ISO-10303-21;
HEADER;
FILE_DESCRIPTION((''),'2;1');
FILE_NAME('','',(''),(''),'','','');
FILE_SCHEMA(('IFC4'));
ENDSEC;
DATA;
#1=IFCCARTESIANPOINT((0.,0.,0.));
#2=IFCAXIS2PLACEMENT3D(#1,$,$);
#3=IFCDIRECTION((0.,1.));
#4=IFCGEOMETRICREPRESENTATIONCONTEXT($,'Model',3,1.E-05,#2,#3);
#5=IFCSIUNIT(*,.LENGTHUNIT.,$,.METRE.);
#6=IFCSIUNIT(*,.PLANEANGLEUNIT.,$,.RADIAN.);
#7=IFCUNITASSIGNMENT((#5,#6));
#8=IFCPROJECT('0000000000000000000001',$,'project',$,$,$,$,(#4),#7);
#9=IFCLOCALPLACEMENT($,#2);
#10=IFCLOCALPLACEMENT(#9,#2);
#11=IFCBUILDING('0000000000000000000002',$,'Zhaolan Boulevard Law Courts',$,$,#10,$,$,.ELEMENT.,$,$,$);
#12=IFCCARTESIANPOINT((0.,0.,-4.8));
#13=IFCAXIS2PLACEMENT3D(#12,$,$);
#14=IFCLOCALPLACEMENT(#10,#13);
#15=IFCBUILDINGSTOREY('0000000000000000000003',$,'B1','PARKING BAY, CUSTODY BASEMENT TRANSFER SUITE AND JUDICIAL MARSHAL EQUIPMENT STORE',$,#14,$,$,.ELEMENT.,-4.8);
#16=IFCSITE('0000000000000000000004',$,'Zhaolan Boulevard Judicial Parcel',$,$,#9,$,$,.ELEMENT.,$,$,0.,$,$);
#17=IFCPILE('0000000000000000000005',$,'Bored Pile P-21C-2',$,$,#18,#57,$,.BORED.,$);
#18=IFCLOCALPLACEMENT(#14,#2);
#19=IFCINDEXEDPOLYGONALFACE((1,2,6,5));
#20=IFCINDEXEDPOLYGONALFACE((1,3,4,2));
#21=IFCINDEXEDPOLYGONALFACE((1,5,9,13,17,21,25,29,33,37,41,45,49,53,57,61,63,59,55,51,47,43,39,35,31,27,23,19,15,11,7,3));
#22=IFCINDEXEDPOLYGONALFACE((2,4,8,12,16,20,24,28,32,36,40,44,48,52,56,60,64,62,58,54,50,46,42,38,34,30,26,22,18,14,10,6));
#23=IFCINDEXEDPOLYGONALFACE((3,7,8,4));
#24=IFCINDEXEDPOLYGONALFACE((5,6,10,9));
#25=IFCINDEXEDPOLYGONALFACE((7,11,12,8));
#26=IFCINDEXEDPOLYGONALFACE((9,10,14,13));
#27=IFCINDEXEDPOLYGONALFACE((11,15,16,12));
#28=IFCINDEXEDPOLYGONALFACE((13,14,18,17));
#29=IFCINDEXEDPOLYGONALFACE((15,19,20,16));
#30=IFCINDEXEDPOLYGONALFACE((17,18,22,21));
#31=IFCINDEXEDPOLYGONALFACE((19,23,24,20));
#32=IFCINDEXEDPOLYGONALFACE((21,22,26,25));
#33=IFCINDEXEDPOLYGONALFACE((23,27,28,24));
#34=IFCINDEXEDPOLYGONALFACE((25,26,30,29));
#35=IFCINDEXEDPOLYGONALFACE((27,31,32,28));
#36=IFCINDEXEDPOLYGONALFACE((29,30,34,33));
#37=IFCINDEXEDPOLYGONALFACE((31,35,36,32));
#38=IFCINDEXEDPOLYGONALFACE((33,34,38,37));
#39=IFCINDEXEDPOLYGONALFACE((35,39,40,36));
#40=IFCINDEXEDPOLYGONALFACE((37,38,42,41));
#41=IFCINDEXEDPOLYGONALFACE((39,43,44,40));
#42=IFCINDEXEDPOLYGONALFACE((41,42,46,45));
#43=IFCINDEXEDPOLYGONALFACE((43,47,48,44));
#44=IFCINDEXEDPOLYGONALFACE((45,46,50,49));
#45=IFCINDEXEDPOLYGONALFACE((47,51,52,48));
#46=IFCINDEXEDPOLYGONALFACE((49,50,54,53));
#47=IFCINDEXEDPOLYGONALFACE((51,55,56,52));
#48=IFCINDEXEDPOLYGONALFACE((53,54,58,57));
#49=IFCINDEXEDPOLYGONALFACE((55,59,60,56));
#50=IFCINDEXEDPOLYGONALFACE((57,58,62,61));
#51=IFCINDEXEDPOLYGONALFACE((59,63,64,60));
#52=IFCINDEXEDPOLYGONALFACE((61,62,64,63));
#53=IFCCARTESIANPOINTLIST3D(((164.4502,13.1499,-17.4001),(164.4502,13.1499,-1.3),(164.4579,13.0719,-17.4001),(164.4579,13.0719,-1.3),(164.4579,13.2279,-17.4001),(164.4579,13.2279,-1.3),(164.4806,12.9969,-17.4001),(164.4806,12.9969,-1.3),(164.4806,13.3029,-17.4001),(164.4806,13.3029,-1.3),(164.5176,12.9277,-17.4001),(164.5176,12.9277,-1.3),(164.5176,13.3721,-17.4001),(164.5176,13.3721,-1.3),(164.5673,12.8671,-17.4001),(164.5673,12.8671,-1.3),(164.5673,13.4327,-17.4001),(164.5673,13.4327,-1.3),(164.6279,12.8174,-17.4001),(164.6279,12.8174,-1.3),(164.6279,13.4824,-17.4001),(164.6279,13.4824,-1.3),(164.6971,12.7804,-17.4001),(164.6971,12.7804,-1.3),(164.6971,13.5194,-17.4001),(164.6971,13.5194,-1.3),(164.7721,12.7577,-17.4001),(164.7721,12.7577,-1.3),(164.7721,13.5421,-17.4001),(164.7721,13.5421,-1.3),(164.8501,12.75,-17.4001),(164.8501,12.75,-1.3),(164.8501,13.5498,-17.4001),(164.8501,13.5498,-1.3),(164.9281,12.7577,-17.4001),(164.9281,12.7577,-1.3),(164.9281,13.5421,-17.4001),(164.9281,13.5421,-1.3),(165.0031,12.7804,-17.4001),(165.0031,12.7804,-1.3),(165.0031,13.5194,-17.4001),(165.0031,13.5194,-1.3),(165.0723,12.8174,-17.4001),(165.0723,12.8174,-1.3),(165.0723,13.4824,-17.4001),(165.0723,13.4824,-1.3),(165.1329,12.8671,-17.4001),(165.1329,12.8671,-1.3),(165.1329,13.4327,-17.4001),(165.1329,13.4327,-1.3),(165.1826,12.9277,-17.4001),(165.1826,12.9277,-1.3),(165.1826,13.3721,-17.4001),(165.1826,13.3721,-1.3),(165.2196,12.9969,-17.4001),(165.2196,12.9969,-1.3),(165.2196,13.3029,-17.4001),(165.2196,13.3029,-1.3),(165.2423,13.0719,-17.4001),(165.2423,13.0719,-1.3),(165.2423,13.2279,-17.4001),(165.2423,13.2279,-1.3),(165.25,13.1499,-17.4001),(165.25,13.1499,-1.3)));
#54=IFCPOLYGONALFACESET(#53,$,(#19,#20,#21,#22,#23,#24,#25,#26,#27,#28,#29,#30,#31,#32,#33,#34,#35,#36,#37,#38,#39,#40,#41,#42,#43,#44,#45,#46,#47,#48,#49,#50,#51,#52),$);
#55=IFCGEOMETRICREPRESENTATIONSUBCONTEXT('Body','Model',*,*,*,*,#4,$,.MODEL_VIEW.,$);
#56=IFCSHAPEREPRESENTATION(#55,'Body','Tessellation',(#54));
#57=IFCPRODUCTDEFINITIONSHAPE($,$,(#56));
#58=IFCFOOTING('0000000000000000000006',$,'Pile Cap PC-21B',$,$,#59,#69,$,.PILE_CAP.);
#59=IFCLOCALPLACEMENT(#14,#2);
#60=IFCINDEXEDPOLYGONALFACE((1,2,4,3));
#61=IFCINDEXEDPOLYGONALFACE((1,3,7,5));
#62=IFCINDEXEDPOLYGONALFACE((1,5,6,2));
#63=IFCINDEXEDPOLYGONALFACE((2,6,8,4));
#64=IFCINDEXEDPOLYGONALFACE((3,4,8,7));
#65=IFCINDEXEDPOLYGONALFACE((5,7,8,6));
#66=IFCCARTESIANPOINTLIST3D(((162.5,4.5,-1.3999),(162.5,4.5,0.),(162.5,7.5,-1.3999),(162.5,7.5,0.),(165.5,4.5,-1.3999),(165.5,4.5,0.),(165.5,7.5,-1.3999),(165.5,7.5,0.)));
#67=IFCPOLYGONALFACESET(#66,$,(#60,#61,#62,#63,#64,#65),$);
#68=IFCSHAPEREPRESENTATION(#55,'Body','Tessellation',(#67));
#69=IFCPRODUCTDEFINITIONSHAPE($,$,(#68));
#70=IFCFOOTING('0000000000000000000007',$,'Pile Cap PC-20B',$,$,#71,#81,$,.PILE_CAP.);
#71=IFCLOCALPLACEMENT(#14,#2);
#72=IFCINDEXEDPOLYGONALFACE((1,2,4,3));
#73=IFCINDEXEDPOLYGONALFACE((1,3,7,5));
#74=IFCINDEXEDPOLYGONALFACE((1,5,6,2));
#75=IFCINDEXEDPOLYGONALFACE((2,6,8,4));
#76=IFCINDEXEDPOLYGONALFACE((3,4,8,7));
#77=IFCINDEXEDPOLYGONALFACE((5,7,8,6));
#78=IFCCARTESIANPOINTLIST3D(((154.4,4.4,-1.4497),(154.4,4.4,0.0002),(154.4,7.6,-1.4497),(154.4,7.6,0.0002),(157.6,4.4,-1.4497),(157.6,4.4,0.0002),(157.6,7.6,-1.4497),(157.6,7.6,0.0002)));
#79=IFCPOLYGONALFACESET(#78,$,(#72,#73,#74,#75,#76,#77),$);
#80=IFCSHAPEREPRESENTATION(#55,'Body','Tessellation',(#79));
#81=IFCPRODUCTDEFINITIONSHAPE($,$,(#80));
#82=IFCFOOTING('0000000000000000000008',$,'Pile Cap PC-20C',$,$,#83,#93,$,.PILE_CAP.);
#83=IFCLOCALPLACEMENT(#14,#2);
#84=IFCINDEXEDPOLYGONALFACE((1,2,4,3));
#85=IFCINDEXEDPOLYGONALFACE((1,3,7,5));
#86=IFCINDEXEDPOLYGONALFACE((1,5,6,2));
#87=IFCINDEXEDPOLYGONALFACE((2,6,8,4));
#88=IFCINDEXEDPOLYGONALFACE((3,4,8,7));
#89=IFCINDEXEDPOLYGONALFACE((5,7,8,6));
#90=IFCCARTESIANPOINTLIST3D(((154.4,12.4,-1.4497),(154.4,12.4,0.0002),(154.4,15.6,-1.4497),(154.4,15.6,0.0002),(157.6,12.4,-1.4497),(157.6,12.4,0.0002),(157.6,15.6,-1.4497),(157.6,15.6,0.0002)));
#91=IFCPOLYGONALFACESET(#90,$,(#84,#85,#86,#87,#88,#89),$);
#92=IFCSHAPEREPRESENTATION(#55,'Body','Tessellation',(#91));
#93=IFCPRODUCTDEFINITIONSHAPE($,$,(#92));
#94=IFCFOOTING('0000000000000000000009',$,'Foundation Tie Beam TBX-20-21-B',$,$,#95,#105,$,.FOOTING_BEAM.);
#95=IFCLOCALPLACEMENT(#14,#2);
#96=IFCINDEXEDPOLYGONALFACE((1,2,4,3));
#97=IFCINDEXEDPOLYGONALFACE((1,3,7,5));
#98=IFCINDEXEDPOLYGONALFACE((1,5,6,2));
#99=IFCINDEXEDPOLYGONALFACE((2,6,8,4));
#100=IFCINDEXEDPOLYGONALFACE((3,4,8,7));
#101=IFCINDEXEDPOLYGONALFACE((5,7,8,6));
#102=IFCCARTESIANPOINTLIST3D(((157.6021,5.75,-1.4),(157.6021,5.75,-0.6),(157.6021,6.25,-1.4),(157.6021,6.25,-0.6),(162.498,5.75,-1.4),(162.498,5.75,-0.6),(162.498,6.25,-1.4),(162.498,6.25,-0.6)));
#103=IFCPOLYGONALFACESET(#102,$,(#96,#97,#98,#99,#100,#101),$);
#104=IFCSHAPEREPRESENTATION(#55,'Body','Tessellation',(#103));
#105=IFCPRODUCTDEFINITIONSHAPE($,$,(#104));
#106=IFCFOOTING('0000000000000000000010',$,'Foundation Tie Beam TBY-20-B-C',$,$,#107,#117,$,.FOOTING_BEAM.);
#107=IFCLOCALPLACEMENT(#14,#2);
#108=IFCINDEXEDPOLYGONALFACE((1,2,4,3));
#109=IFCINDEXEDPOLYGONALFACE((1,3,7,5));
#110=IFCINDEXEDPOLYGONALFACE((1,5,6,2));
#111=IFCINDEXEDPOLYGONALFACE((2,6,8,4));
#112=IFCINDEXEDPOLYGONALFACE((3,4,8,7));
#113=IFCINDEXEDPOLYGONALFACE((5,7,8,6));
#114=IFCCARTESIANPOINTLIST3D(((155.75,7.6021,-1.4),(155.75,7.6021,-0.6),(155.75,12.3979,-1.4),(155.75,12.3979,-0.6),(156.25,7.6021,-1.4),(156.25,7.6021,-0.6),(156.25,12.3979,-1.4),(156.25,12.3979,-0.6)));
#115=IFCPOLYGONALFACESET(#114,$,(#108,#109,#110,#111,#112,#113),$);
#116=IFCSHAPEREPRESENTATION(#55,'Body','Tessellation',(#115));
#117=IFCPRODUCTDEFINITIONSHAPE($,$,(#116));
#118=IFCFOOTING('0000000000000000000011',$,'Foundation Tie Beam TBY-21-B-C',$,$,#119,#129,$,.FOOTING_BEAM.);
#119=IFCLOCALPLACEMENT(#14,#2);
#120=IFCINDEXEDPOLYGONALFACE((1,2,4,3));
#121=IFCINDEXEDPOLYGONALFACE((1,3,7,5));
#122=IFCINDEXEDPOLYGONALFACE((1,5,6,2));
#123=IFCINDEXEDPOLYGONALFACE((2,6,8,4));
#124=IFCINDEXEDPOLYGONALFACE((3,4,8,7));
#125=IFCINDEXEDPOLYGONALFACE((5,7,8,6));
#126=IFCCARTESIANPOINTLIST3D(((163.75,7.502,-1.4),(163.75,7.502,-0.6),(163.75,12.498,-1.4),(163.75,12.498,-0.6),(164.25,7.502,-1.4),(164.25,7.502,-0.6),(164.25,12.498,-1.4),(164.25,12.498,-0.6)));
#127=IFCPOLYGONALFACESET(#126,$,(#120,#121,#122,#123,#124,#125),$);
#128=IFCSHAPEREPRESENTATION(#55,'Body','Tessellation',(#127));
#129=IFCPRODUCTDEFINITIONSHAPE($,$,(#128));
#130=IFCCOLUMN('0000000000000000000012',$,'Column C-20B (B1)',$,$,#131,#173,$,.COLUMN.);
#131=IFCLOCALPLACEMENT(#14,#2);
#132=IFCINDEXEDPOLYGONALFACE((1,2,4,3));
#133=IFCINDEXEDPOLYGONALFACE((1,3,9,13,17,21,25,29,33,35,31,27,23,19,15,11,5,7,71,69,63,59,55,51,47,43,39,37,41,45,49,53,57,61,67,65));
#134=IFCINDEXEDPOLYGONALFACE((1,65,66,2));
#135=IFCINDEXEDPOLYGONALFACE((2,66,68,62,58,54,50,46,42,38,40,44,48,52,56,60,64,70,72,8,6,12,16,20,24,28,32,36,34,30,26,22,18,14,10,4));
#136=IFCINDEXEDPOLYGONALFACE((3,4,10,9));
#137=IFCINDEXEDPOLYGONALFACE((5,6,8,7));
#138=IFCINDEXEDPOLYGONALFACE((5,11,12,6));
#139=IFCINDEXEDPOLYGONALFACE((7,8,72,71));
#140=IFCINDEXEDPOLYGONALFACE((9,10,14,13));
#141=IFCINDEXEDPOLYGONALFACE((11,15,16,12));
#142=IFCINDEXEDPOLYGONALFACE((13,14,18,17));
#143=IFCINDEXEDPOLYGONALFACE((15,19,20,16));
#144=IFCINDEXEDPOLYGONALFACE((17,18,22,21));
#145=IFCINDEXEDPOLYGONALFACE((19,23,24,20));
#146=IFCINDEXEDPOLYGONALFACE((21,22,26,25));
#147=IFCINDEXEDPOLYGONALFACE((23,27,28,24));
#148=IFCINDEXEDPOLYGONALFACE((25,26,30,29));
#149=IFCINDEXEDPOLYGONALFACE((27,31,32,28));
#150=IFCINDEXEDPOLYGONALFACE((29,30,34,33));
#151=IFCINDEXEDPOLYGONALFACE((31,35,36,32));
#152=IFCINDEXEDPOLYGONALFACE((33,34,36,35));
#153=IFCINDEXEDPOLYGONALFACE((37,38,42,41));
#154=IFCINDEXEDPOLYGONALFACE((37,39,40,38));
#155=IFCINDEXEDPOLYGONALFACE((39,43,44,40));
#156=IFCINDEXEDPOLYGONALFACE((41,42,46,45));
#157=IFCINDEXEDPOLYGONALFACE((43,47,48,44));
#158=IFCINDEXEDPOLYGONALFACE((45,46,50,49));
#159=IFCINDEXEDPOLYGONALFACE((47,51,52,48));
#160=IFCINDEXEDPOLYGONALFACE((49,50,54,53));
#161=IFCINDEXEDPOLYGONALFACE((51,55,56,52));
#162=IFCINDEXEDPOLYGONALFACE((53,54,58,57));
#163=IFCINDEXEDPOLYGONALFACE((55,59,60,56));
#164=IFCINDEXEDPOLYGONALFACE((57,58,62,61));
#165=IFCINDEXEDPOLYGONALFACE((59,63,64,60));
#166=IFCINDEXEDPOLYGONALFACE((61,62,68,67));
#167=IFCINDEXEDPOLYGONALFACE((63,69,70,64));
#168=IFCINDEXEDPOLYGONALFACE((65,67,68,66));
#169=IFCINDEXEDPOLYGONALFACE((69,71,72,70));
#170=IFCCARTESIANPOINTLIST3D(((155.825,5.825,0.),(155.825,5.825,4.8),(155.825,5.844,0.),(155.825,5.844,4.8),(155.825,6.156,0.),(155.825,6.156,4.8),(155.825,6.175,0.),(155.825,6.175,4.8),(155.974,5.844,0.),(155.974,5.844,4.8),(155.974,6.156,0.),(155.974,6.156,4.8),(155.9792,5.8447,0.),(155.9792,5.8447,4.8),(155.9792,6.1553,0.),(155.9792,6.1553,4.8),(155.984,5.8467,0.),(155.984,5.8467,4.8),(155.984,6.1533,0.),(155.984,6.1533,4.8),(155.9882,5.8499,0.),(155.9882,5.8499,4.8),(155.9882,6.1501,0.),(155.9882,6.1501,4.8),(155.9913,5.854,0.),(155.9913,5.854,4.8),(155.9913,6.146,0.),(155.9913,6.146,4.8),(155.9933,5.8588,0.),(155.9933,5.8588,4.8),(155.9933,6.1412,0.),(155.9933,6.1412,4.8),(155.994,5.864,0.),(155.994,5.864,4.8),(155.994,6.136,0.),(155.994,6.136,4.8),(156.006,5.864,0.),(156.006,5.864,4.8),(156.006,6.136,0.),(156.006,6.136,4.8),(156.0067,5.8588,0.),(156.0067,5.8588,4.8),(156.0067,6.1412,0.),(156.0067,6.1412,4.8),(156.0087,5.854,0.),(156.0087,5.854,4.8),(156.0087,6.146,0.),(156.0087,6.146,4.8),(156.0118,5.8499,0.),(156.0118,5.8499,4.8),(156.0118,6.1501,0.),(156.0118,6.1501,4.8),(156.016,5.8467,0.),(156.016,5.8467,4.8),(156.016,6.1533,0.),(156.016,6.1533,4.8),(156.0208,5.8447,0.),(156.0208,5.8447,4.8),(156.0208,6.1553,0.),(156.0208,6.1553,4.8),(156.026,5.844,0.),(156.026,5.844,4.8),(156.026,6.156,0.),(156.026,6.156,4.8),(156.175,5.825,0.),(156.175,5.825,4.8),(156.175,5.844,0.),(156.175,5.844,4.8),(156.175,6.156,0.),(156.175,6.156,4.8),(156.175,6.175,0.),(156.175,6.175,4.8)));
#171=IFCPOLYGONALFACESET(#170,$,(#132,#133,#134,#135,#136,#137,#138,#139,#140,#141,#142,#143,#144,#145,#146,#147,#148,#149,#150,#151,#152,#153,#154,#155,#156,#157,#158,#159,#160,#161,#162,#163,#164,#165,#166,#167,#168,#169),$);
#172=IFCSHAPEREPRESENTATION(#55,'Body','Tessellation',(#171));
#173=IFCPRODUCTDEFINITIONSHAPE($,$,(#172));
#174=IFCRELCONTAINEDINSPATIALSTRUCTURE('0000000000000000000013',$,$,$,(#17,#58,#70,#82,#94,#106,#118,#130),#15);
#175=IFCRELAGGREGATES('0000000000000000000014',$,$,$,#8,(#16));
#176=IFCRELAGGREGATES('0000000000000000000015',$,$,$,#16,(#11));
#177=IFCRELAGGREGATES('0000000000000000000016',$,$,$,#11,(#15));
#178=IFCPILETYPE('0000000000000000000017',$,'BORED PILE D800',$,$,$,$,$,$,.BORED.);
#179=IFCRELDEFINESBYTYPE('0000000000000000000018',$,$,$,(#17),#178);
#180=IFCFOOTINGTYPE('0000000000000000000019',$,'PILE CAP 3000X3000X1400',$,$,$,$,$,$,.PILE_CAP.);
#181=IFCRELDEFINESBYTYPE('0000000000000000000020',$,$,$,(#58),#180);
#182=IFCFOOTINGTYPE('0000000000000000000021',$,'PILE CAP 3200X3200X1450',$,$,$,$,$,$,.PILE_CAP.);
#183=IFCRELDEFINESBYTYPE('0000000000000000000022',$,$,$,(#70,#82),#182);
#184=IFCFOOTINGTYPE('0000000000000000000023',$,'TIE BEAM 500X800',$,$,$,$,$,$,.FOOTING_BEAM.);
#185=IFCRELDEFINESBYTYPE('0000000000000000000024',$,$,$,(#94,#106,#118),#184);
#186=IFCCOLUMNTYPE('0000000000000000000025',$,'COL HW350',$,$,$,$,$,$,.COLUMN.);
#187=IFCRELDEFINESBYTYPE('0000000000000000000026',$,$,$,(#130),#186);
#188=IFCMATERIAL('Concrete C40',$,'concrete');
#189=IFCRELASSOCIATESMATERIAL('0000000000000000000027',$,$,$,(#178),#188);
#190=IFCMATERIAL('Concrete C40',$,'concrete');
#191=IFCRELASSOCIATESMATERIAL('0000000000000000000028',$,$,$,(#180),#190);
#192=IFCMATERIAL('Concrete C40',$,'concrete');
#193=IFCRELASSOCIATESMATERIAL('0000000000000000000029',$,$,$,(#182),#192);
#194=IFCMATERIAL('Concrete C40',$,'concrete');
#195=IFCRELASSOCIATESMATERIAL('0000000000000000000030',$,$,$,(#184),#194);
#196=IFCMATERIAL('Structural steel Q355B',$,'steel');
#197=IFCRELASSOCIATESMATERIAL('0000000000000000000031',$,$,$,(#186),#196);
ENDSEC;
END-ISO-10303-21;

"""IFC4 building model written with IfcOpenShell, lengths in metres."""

from ifc_helpers import new_model, si_unit, direction, frame, origin, origin_2d, place, context, subcontext, project, spatial, rectangle, circle, i_section, extrude, material, material_profile, profile_set, type_object, element, save


model = new_model("IFC4")

# Units and contexts
model_context = context("Model", 3, precision=1e-05, world=origin(), true_north=direction((0.0, 1.0)))
body_context = subcontext(model_context, "Body", "Model", "MODEL_VIEW")
ifc_project = project(units=[si_unit("LENGTHUNIT", "METRE"), si_unit("PLANEANGLEUNIT", "RADIAN")], contexts=[model_context])

# Site, building, storey
site_placement = place(None, origin())
site = spatial("IfcSite", under=ifc_project, at=site_placement, Name="Zhaolan Boulevard Judicial Parcel", CompositionType="ELEMENT", RefElevation=0.0)
building_placement = place(site_placement, origin())
building = spatial("IfcBuilding", under=site, at=building_placement, Name="Zhaolan Boulevard Law Courts", CompositionType="ELEMENT")
storey_placement = place(building_placement, frame((0.0, 0.0, -4.8)))
storey = spatial("IfcBuildingStorey", under=building, at=storey_placement, Name="B1", Description="PARKING BAY, CUSTODY BASEMENT TRANSFER SUITE AND JUDICIAL MARSHAL EQUIPMENT STORE", CompositionType="ELEMENT", Elevation=-4.8)

# Pile
ifc_material_1 = material(Name="Concrete C40", Category="concrete")
ifc_material_profile_1 = material_profile(ifc_material_1, circle(Radius=0.3999, at=origin_2d()), Name="PILE-D800")
ifc_profile_set_1 = profile_set([ifc_material_profile_1], Name="Concrete C40")
pile_type = type_object("IfcPileType", Name="BORED PILE D800", PredefinedType="BORED", material=ifc_profile_set_1)
for number, where, z_axis, x_axis, name in (
    (1, (164.8501, 13.1499, -1.3), (0.0, 0.0, -1.0), (1.0, 0.0, 0.0), "Bored Pile P-21C-2"),
):
    element("IfcPile", number, at=place(storey_placement, frame(where, z_axis=z_axis, x_axis=x_axis)), inside=storey, type_object=pile_type, Name=name, PredefinedType="BORED", context=body_context, shape_type="SweptSolid", body=[
        extrude(circle(Radius=0.3999, at=origin_2d()), origin(), (0.0, 0.0, 1.0), 16.1001),
    ])

# Footings
ifc_material_2 = material(Name="Concrete C40", Category="concrete")
footing_type_1 = type_object("IfcFootingType", Name="PILE CAP 3000X3000X1400", PredefinedType="PILE_CAP", material=ifc_material_2)
footing_1_placement = place(storey_placement, frame((164.0, 6.0, -1.3999), z_axis=(0.0, 0.0, 1.0), x_axis=(1.0, 0.0, 0.0)))
element("IfcFooting", 2, at=footing_1_placement, inside=storey, type_object=footing_type_1, Name="Pile Cap PC-21B", PredefinedType="PILE_CAP", context=body_context, shape_type="SweptSolid", body=[
    extrude(rectangle(XDim=3.0, YDim=3.0, at=origin_2d()), origin(), (0.0, 0.0, 1.0), 1.3999),
])
ifc_material_3 = material(Name="Concrete C40", Category="concrete")
footing_type_2 = type_object("IfcFootingType", Name="PILE CAP 3200X3200X1450", PredefinedType="PILE_CAP", material=ifc_material_3)
for number, where, z_axis, x_axis, name in (
    (3, (156.0, 6.0, -1.4497), (0.0, 0.0, 1.0), (1.0, 0.0, 0.0), "Pile Cap PC-20B"),
    (4, (156.0, 14.0, -1.4497), (0.0, 0.0, 1.0), (1.0, 0.0, 0.0), "Pile Cap PC-20C"),
):
    element("IfcFooting", number, at=place(storey_placement, frame(where, z_axis=z_axis, x_axis=x_axis)), inside=storey, type_object=footing_type_2, Name=name, PredefinedType="PILE_CAP", context=body_context, shape_type="SweptSolid", body=[
        extrude(rectangle(XDim=3.2, YDim=3.2, at=origin_2d()), origin(), (0.0, 0.0, 1.0), 1.45),
    ])
ifc_material_4 = material(Name="Concrete C40", Category="concrete")
ifc_material_profile_2 = material_profile(ifc_material_4, rectangle(XDim=0.5, YDim=0.8, at=origin_2d()), Name="RC500x800")
ifc_profile_set_2 = profile_set([ifc_material_profile_2], Name="Concrete C40")
footing_type_3 = type_object("IfcFootingType", Name="TIE BEAM 500X800", PredefinedType="FOOTING_BEAM", material=ifc_profile_set_2)
footing_2_placement = place(storey_placement, frame((157.6021, 6.0, -1.0), z_axis=(1.0, 0.0, 0.0), x_axis=(0.0, 1.0, 0.0)))
element("IfcFooting", 5, at=footing_2_placement, inside=storey, type_object=footing_type_3, Name="Foundation Tie Beam TBX-20-21-B", PredefinedType="FOOTING_BEAM", context=body_context, shape_type="SweptSolid", body=[
    extrude(rectangle(XDim=0.5, YDim=0.8, at=origin_2d()), origin(), (0.0, 0.0, 1.0), 4.896),
])
footing_3_placement = place(storey_placement, frame((156.0, 7.6021, -1.0), z_axis=(0.0, 1.0, 0.0), x_axis=(-1.0, 0.0, 0.0)))
element("IfcFooting", 6, at=footing_3_placement, inside=storey, type_object=footing_type_3, Name="Foundation Tie Beam TBY-20-B-C", PredefinedType="FOOTING_BEAM", context=body_context, shape_type="SweptSolid", body=[
    extrude(rectangle(XDim=0.5, YDim=0.8, at=origin_2d()), origin(), (0.0, 0.0, 1.0), 4.7959),
])
footing_4_placement = place(storey_placement, frame((164.0, 7.502, -1.0), z_axis=(0.0, 1.0, 0.0), x_axis=(-1.0, 0.0, 0.0)))
element("IfcFooting", 7, at=footing_4_placement, inside=storey, type_object=footing_type_3, Name="Foundation Tie Beam TBY-21-B-C", PredefinedType="FOOTING_BEAM", context=body_context, shape_type="SweptSolid", body=[
    extrude(rectangle(XDim=0.5, YDim=0.8, at=origin_2d()), origin(), (0.0, 0.0, 1.0), 4.9961),
])

# Column
ifc_material_5 = material(Name="Structural steel Q355B", Category="steel")
ifc_material_profile_3 = material_profile(ifc_material_5, i_section(OverallWidth=0.3501, OverallDepth=0.3501, WebThickness=0.012, FlangeThickness=0.019, FilletRadius=0.02, at=origin_2d()), Name="HW350x350")
ifc_profile_set_3 = profile_set([ifc_material_profile_3], Name="Structural steel Q355B")
column_type = type_object("IfcColumnType", Name="COL HW350", PredefinedType="COLUMN", material=ifc_profile_set_3)
for number, where, z_axis, x_axis, name in (
    (8, (156.0, 6.0, 0.0), (0.0, 0.0, 1.0), (1.0, 0.0, 0.0), "Column C-20B (B1)"),
):
    element("IfcColumn", number, at=place(storey_placement, frame(where, z_axis=z_axis, x_axis=x_axis)), inside=storey, type_object=column_type, Name=name, PredefinedType="COLUMN", context=body_context, shape_type="SweptSolid", body=[
        extrude(i_section(OverallWidth=0.3501, OverallDepth=0.3501, WebThickness=0.012, FlangeThickness=0.019, FilletRadius=0.02, at=origin_2d()), origin(), (0.0, 0.0, 1.0), 4.8),
    ])

save(model, "model.ifc")
